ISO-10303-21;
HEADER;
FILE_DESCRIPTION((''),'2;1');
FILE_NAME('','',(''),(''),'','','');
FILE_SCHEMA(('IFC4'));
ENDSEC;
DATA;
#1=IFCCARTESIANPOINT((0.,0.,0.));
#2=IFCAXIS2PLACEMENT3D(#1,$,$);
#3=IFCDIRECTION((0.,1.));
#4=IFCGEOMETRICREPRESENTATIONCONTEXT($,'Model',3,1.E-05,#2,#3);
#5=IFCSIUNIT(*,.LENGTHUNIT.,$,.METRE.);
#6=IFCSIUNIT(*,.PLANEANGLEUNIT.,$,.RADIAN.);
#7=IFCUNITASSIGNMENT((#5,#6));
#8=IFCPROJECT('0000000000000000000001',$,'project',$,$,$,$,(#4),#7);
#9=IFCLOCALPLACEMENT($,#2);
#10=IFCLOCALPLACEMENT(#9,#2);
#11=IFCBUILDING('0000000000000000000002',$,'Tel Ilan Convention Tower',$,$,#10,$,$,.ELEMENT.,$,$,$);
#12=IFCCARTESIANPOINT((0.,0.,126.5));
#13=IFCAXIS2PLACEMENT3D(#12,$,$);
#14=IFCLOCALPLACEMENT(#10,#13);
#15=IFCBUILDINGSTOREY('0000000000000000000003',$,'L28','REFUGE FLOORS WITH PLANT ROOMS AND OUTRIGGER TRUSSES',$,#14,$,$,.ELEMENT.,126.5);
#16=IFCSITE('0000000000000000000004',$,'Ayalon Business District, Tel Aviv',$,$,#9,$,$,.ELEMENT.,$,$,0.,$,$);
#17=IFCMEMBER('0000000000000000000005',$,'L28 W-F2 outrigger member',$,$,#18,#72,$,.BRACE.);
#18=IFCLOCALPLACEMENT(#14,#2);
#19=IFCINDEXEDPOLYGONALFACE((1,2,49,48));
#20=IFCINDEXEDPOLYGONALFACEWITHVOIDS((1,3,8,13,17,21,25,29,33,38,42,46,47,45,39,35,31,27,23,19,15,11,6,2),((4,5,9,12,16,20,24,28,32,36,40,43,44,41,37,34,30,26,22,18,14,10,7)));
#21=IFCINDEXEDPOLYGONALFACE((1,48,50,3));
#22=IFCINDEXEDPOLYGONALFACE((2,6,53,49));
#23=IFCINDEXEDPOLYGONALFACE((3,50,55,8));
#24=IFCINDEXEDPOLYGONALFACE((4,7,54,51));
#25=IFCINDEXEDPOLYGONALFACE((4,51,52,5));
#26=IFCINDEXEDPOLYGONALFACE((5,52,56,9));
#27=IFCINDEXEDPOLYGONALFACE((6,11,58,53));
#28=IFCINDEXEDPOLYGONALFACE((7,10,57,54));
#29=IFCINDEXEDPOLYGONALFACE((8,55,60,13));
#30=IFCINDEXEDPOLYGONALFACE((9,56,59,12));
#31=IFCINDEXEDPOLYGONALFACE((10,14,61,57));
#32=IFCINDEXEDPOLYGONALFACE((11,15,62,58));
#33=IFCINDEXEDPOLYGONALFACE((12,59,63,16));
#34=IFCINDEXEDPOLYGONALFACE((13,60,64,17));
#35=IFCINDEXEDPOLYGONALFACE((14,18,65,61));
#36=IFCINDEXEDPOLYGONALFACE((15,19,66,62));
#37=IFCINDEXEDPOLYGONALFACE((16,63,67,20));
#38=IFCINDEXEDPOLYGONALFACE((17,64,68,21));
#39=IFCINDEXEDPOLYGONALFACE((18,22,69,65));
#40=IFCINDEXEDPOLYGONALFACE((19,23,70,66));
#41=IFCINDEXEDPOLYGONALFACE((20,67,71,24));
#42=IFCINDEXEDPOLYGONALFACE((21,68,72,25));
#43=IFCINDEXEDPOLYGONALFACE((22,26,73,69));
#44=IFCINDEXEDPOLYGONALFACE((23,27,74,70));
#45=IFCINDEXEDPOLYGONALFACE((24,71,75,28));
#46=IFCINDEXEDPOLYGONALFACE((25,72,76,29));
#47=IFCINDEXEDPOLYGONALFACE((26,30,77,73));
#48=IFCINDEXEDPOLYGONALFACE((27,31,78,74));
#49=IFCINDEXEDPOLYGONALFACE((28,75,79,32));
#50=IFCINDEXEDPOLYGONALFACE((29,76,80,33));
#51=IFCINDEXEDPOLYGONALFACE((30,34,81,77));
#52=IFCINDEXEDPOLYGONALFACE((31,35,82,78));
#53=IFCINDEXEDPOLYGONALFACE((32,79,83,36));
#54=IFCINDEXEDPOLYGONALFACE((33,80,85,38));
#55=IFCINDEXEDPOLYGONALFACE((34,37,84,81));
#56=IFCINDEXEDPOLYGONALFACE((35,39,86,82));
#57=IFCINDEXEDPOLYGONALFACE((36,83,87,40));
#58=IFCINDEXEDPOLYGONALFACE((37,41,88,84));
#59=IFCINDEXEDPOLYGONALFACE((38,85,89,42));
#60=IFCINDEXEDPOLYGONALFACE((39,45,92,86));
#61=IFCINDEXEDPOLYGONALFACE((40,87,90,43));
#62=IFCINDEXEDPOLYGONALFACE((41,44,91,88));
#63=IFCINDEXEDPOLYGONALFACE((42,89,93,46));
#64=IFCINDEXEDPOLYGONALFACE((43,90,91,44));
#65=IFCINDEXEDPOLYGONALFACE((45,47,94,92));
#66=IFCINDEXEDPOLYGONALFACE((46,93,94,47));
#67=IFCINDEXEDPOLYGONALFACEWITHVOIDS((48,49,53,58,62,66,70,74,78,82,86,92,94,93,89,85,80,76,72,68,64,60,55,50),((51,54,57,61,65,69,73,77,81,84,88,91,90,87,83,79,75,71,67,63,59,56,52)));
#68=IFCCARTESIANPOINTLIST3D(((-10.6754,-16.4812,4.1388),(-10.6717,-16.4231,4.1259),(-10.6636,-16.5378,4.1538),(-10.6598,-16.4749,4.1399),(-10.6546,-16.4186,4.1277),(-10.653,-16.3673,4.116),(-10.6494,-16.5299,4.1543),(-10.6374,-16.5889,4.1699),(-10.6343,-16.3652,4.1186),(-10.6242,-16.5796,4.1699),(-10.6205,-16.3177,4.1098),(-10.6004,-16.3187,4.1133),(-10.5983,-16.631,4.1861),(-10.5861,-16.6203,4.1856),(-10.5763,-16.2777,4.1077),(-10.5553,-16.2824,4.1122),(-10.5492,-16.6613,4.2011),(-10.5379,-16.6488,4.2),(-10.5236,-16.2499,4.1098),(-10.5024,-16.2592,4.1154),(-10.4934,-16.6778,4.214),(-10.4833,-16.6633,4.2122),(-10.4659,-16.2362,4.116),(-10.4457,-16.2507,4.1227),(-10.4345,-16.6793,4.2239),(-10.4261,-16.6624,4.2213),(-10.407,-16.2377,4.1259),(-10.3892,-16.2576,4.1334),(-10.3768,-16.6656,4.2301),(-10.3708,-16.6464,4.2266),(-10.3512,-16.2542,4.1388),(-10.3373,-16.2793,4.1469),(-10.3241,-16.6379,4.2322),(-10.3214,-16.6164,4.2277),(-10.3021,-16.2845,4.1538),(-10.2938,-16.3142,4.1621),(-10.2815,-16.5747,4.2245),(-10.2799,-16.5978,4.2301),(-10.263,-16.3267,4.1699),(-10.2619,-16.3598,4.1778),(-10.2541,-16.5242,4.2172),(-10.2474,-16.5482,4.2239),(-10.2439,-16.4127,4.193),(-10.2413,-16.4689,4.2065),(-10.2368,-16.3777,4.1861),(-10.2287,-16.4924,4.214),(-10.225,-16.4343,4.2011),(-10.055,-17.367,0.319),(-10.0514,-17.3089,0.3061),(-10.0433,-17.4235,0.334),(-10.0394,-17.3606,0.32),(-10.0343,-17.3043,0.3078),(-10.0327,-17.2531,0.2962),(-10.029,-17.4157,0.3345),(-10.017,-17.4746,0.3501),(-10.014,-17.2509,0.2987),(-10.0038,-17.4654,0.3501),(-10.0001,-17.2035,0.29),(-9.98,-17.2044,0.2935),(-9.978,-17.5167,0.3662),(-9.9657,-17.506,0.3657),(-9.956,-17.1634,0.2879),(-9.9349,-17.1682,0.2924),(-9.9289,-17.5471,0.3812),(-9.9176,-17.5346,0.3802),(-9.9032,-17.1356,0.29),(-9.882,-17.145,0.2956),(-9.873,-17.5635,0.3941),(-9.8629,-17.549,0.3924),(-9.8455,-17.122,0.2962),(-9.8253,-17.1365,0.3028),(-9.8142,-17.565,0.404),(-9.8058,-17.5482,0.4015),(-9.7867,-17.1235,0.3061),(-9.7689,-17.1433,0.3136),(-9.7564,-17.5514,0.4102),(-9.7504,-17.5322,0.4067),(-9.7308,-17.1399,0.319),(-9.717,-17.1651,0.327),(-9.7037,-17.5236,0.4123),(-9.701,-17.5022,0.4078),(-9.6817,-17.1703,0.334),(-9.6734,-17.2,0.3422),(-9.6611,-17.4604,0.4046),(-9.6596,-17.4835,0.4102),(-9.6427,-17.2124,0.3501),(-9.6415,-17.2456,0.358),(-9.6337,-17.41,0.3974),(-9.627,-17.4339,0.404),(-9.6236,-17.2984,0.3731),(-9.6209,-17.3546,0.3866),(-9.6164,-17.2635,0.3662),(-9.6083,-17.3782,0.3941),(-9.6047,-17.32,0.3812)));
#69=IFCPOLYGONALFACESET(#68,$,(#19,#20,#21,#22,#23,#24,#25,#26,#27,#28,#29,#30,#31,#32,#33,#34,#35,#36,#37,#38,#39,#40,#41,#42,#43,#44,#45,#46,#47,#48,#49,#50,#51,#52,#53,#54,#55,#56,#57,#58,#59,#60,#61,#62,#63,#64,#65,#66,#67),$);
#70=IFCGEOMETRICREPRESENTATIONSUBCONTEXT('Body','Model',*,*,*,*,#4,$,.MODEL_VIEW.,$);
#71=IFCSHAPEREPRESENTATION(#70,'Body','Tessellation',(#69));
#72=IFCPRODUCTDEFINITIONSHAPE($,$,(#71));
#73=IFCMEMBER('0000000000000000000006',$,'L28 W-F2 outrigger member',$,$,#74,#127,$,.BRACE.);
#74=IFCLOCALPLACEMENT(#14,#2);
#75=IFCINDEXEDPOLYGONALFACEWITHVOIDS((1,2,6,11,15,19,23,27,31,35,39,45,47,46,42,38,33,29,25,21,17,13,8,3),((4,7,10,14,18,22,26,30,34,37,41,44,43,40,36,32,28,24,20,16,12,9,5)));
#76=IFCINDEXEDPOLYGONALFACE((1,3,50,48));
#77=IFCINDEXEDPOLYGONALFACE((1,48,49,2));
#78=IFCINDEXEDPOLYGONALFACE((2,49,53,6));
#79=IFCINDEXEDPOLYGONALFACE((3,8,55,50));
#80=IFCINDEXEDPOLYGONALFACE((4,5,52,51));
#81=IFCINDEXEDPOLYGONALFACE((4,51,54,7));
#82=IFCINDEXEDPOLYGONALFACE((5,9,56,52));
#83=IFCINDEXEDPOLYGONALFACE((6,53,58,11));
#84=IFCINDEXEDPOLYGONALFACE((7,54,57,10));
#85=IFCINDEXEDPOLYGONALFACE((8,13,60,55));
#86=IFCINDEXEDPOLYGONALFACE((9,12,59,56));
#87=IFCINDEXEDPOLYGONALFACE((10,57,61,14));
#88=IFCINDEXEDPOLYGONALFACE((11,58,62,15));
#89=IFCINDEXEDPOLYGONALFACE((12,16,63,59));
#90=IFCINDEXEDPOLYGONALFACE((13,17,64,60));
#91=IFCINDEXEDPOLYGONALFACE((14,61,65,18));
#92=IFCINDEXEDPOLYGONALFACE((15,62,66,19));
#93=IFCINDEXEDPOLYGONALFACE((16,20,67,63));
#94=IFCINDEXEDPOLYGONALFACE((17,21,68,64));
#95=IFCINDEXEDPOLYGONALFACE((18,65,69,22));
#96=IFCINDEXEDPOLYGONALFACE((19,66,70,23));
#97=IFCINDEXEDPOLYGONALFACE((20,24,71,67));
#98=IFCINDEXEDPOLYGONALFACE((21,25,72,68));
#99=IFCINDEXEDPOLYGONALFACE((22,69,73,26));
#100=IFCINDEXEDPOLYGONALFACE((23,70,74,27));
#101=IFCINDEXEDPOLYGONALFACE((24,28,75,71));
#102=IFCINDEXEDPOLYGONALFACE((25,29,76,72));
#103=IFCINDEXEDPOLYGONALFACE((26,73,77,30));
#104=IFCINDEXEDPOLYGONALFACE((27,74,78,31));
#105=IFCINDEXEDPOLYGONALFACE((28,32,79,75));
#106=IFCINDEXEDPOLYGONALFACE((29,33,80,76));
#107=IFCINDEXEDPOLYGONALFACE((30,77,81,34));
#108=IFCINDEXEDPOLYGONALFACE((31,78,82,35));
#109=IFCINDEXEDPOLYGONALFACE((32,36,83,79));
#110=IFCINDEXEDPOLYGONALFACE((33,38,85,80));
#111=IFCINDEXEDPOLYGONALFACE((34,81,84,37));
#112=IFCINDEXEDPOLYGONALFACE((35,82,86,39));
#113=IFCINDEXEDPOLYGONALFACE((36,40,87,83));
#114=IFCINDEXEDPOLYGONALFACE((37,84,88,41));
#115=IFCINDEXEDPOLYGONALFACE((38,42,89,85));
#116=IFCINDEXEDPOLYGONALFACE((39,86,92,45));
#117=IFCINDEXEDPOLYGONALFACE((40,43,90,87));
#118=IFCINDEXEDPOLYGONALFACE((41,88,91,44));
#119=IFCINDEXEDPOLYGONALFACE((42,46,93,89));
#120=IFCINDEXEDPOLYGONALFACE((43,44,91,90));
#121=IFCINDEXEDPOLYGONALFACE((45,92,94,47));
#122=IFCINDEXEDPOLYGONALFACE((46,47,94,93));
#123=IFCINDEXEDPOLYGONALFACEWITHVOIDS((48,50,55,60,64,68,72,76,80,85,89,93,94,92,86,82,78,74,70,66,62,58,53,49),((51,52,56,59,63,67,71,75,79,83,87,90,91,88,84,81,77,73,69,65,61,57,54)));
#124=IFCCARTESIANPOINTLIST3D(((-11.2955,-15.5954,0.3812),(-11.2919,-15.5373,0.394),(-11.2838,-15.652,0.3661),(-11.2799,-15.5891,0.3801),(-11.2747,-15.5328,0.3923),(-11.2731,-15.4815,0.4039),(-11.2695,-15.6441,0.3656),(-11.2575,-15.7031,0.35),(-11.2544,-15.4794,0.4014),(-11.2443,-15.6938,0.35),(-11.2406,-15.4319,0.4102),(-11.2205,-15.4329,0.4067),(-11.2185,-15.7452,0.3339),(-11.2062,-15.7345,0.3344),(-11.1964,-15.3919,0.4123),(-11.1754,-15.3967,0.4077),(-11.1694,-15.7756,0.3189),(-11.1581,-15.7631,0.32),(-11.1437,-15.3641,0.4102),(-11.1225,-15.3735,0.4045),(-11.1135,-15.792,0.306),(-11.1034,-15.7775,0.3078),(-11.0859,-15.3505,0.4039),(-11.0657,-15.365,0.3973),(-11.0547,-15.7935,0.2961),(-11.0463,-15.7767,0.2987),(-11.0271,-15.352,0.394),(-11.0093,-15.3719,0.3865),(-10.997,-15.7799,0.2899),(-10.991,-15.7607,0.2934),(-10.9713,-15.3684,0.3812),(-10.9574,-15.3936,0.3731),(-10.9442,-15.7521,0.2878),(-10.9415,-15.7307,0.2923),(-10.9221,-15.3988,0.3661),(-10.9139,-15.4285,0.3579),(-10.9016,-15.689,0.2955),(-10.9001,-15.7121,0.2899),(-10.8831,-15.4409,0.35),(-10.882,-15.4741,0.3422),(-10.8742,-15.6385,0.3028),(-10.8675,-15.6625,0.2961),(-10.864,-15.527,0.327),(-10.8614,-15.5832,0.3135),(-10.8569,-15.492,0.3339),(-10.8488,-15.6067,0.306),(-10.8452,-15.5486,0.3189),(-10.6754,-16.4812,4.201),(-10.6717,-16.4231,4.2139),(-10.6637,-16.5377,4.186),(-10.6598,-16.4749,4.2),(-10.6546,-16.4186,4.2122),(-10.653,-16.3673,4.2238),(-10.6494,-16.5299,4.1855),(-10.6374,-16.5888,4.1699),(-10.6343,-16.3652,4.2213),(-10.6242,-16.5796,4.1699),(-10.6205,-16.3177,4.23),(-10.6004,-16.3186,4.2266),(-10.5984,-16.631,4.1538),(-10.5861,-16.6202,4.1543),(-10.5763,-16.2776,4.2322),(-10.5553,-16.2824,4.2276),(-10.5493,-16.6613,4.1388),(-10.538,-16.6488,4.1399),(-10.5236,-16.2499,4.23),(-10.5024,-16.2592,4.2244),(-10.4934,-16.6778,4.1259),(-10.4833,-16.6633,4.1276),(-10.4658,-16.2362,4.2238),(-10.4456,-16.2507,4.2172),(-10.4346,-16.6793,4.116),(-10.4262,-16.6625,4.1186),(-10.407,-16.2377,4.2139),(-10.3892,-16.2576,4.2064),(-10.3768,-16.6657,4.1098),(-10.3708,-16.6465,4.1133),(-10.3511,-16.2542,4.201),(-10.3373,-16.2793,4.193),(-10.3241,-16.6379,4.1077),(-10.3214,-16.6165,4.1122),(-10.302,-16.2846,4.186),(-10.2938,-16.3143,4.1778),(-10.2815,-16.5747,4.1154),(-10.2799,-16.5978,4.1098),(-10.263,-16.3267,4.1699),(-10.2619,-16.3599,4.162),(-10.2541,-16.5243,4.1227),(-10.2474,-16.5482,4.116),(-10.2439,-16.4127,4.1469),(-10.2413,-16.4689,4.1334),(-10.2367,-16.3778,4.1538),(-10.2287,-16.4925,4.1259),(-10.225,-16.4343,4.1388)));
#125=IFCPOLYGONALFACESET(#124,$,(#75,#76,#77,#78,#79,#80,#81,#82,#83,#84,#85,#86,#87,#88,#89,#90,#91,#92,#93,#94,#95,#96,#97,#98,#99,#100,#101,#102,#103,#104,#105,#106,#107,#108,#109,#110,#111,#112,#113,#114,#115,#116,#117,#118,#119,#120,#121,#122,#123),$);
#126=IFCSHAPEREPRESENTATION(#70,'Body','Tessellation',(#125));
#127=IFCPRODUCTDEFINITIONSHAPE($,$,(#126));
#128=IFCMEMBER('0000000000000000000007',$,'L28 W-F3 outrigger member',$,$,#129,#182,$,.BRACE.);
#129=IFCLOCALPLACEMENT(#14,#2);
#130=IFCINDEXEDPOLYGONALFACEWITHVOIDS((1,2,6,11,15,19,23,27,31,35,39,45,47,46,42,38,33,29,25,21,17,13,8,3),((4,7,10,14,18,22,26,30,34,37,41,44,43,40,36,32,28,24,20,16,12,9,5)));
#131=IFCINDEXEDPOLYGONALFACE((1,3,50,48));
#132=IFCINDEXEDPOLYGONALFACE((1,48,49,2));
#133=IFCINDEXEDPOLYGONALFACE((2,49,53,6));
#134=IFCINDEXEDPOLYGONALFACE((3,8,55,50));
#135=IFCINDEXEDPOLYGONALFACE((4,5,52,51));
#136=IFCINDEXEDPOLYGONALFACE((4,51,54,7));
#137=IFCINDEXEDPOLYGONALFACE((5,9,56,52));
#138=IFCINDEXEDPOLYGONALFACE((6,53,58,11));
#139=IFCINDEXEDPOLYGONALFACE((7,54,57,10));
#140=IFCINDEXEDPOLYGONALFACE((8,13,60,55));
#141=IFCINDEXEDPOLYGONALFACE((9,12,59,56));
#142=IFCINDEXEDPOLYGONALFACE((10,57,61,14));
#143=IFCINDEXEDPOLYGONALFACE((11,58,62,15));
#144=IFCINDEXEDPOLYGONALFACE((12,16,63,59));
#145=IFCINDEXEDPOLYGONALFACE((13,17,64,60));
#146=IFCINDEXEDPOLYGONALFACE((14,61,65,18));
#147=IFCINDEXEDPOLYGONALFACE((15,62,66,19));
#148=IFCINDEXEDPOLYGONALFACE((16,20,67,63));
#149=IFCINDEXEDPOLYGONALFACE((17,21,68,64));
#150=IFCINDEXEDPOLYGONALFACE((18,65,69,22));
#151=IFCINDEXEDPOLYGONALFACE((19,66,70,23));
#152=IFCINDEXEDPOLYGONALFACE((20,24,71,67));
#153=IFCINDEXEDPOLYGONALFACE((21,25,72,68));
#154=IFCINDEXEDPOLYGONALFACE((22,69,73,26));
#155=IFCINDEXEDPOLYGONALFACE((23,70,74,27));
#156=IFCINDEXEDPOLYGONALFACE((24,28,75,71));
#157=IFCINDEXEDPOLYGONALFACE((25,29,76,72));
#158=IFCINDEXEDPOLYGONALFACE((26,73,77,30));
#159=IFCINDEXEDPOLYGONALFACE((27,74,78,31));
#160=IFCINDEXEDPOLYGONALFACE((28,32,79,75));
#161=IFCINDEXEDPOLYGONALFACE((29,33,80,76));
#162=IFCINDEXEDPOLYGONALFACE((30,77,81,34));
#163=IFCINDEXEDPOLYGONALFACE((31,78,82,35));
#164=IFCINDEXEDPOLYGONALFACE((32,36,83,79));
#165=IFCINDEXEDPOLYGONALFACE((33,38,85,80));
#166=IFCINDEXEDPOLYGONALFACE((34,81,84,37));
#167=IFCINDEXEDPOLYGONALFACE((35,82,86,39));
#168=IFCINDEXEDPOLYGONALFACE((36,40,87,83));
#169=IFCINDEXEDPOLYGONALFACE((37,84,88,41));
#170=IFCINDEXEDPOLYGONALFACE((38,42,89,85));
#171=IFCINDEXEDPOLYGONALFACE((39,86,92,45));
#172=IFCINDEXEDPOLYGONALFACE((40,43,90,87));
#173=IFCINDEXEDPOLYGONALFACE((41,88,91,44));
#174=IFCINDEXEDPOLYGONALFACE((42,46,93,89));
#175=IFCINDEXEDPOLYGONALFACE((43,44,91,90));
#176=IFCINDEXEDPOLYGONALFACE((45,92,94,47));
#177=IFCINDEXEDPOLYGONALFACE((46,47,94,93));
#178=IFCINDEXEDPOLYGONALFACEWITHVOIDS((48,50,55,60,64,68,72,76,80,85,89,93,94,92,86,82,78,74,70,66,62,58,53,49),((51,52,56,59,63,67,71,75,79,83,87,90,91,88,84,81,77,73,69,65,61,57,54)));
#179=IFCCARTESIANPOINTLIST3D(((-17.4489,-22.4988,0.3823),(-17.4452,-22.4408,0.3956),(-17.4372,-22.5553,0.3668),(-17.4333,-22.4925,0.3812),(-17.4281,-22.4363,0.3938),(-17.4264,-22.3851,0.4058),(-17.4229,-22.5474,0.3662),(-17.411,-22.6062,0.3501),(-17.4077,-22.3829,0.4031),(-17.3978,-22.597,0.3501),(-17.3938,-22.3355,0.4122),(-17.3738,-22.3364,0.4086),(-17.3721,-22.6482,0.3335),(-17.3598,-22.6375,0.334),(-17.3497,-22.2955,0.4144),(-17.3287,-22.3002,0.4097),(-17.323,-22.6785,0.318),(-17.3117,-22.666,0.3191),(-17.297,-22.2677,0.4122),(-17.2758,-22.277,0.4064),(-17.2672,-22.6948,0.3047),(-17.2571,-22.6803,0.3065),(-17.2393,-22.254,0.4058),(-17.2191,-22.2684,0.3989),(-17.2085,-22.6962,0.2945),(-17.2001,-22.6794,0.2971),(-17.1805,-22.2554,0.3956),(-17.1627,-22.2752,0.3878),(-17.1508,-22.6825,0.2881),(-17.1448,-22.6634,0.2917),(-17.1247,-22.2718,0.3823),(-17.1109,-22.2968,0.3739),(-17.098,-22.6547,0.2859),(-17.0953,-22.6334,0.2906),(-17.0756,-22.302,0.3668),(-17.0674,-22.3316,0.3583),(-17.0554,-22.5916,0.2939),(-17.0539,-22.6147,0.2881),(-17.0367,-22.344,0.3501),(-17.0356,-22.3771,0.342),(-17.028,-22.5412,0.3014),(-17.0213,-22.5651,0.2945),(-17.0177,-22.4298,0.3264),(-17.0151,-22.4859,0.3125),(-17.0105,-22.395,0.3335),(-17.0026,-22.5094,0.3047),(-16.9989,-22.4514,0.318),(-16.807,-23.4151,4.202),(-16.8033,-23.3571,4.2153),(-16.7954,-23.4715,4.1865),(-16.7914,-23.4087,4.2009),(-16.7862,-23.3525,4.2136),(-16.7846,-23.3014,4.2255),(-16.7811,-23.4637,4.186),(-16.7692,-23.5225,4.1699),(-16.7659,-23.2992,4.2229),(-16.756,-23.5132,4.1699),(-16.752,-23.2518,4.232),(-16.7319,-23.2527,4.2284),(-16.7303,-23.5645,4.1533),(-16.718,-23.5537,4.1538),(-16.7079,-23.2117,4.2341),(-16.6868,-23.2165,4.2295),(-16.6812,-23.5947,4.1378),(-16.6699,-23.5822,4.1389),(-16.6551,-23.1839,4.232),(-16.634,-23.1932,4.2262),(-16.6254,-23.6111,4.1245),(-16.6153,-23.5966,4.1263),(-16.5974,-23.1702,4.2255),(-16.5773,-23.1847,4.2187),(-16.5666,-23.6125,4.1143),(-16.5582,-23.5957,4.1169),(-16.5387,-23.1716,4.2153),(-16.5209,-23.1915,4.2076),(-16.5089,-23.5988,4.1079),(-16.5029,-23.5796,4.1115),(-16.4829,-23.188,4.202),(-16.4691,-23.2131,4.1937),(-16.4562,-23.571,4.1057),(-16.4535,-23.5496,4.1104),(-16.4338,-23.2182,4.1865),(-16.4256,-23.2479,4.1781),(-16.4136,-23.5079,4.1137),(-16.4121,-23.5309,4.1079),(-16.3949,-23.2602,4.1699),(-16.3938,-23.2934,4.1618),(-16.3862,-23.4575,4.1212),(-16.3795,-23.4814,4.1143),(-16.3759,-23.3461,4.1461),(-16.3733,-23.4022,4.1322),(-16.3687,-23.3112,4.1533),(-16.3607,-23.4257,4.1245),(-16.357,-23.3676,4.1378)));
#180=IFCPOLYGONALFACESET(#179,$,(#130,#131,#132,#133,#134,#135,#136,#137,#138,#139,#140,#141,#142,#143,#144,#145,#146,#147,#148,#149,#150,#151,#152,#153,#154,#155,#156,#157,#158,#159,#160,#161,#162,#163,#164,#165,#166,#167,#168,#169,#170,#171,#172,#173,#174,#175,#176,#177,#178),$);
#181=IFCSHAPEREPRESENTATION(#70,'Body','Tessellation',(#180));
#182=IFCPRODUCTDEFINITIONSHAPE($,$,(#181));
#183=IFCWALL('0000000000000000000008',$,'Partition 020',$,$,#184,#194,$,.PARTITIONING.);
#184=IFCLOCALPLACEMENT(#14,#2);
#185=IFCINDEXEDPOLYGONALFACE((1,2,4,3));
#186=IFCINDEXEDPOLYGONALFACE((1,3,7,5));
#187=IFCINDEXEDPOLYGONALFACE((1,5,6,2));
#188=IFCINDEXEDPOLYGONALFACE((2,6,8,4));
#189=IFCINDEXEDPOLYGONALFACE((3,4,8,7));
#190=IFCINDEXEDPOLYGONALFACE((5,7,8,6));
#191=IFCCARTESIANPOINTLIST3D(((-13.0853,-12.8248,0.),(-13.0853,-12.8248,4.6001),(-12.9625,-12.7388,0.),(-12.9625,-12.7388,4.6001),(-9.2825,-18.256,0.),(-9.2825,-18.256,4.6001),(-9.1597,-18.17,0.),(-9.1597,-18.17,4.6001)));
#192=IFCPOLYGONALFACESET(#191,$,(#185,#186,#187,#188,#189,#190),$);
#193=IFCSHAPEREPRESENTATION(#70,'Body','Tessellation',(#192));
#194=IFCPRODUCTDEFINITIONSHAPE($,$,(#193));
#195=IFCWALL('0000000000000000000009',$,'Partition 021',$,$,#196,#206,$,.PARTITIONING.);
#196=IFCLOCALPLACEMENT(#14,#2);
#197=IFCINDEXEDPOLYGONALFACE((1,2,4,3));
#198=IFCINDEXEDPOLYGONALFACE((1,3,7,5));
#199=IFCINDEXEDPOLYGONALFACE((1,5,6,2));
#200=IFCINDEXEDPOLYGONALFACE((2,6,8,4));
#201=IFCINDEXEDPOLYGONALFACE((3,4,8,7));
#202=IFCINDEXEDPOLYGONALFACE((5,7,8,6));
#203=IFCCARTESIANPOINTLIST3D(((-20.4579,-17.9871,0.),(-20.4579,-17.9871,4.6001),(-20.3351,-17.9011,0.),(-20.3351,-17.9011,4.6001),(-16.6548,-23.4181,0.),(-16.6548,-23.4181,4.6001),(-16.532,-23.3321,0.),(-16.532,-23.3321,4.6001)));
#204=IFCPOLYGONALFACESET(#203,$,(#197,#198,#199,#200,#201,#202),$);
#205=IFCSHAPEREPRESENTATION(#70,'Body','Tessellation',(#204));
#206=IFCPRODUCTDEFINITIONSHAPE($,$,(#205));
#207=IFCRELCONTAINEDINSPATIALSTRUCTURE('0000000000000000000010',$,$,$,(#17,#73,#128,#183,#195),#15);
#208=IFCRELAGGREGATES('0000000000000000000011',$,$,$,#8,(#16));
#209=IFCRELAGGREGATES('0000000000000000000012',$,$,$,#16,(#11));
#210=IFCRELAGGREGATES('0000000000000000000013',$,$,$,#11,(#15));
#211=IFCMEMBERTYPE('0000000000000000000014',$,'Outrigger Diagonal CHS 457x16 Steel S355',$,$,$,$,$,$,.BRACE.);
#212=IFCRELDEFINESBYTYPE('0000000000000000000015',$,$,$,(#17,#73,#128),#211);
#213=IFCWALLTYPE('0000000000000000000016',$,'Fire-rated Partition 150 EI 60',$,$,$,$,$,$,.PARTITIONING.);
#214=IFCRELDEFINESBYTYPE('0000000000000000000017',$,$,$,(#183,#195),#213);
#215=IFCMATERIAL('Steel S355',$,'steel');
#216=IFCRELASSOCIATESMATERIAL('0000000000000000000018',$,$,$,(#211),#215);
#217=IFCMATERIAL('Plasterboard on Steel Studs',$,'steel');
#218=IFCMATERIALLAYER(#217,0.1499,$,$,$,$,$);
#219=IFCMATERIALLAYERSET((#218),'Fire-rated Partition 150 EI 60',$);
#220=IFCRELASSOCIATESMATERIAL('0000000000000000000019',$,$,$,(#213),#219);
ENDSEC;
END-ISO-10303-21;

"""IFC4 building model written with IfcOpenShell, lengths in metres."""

from ifc_helpers import new_model, si_unit, direction, frame, frame_2d, origin, origin_2d, place, context, subcontext, project, spatial, rectangle, hollow_circle, extrude, material, layer, layer_set, material_profile, profile_set, type_object, element, save


model = new_model("IFC4")

# Units and contexts
model_context = context("Model", 3, precision=1e-05, world=origin(), true_north=direction((0.0, 1.0)))
body_context = subcontext(model_context, "Body", "Model", "MODEL_VIEW")
ifc_project = project(units=[si_unit("LENGTHUNIT", "METRE"), si_unit("PLANEANGLEUNIT", "RADIAN")], contexts=[model_context])

# Site, building, storey
site_placement = place(None, origin())
site = spatial("IfcSite", under=ifc_project, at=site_placement, Name="Ayalon Business District, Tel Aviv", CompositionType="ELEMENT", RefElevation=0.0)
building_placement = place(site_placement, origin())
building = spatial("IfcBuilding", under=site, at=building_placement, Name="Tel Ilan Convention Tower", CompositionType="ELEMENT")
storey_placement = place(building_placement, frame((0.0, 0.0, 126.5)))
storey = spatial("IfcBuildingStorey", under=building, at=storey_placement, Name="L28", Description="REFUGE FLOORS WITH PLANT ROOMS AND OUTRIGGER TRUSSES", CompositionType="ELEMENT", Elevation=126.5)

# Members
ifc_material_1 = material(Name="Steel S355", Category="steel")
ifc_material_profile_1 = material_profile(ifc_material_1, hollow_circle(Radius=0.2285, WallThickness=0.0161, at=origin_2d()), Name="CHS 457x16")
ifc_profile_set_1 = profile_set([ifc_material_profile_1], Name="Steel S355")
member_type_1 = type_object("IfcMemberType", Name="Outrigger Diagonal CHS 457x16 Steel S355", PredefinedType="BRACE", material=ifc_profile_set_1)
for number, where, z_axis, x_axis, name in (
    (1, (-9.8298, -17.3435, 0.3501), (-0.156265, 0.223112, 0.962186), (-0.819083, -0.573674, 0.0), "L28 W-F2 outrigger member"),
    (2, (-10.4502, -16.4578, 4.1699), (-0.156205, 0.223114, -0.962195), (-0.819189, -0.573523, 0.0), "L28 W-F2 outrigger member"),
):
    element("IfcMember", number, at=place(storey_placement, frame(where, z_axis=z_axis, x_axis=x_axis)), inside=storey, type_object=member_type_1, Name=name, PredefinedType="BRACE", context=body_context, shape_type="SweptSolid", body=[
        extrude(hollow_circle(Radius=0.2285, WallThickness=0.0161, at=origin_2d()), origin(), (0.0, 0.0, 1.0), 3.97),
    ])
member_placement = place(storey_placement, frame((-16.582, -23.3914, 4.1699), z_axis=(-0.161257, 0.2302, -0.95969), x_axis=(-0.819037, -0.573741, 0.0)))
element("IfcMember", 3, at=member_placement, inside=storey, type_object=member_type_1, Name="L28 W-F3 outrigger member", PredefinedType="BRACE", context=body_context, shape_type="SweptSolid", body=[
    extrude(hollow_circle(Radius=0.2285, WallThickness=0.0161, at=origin_2d()), origin(), (0.0, 0.0, 1.0), 3.9802),
])

# Walls
ifc_material_2 = material(Name="Plasterboard on Steel Studs", Category="steel")
ifc_layer_1 = layer(ifc_material_2, 0.1499)
ifc_layer_set_1 = layer_set([ifc_layer_1], Name="Fire-rated Partition 150 EI 60")
wall_type = type_object("IfcWallType", Name="Fire-rated Partition 150 EI 60", PredefinedType="PARTITIONING", material=ifc_layer_set_1)
for number, where, z_axis, x_axis, name in (
    (4, (-9.2212, -18.2129, 0.0), (0.0, 0.0, 1.0), (-0.573556, 0.819166, 0.0), "Partition 020"),
    (5, (-16.5935, -23.375, 0.0), (0.0, 0.0, 1.0), (-0.573598, 0.819137, 0.0), "Partition 021"),
):
    element("IfcWall", number, at=place(storey_placement, frame(where, z_axis=z_axis, x_axis=x_axis)), inside=storey, type_object=wall_type, Name=name, PredefinedType="PARTITIONING", context=body_context, shape_type="SweptSolid", body=[
        extrude(rectangle(XDim=6.6301, YDim=0.1499, at=frame_2d((3.3149, 0.0))), origin(), (0.0, 0.0, 1.0), 4.6001),
    ])

save(model, "model.ifc")
